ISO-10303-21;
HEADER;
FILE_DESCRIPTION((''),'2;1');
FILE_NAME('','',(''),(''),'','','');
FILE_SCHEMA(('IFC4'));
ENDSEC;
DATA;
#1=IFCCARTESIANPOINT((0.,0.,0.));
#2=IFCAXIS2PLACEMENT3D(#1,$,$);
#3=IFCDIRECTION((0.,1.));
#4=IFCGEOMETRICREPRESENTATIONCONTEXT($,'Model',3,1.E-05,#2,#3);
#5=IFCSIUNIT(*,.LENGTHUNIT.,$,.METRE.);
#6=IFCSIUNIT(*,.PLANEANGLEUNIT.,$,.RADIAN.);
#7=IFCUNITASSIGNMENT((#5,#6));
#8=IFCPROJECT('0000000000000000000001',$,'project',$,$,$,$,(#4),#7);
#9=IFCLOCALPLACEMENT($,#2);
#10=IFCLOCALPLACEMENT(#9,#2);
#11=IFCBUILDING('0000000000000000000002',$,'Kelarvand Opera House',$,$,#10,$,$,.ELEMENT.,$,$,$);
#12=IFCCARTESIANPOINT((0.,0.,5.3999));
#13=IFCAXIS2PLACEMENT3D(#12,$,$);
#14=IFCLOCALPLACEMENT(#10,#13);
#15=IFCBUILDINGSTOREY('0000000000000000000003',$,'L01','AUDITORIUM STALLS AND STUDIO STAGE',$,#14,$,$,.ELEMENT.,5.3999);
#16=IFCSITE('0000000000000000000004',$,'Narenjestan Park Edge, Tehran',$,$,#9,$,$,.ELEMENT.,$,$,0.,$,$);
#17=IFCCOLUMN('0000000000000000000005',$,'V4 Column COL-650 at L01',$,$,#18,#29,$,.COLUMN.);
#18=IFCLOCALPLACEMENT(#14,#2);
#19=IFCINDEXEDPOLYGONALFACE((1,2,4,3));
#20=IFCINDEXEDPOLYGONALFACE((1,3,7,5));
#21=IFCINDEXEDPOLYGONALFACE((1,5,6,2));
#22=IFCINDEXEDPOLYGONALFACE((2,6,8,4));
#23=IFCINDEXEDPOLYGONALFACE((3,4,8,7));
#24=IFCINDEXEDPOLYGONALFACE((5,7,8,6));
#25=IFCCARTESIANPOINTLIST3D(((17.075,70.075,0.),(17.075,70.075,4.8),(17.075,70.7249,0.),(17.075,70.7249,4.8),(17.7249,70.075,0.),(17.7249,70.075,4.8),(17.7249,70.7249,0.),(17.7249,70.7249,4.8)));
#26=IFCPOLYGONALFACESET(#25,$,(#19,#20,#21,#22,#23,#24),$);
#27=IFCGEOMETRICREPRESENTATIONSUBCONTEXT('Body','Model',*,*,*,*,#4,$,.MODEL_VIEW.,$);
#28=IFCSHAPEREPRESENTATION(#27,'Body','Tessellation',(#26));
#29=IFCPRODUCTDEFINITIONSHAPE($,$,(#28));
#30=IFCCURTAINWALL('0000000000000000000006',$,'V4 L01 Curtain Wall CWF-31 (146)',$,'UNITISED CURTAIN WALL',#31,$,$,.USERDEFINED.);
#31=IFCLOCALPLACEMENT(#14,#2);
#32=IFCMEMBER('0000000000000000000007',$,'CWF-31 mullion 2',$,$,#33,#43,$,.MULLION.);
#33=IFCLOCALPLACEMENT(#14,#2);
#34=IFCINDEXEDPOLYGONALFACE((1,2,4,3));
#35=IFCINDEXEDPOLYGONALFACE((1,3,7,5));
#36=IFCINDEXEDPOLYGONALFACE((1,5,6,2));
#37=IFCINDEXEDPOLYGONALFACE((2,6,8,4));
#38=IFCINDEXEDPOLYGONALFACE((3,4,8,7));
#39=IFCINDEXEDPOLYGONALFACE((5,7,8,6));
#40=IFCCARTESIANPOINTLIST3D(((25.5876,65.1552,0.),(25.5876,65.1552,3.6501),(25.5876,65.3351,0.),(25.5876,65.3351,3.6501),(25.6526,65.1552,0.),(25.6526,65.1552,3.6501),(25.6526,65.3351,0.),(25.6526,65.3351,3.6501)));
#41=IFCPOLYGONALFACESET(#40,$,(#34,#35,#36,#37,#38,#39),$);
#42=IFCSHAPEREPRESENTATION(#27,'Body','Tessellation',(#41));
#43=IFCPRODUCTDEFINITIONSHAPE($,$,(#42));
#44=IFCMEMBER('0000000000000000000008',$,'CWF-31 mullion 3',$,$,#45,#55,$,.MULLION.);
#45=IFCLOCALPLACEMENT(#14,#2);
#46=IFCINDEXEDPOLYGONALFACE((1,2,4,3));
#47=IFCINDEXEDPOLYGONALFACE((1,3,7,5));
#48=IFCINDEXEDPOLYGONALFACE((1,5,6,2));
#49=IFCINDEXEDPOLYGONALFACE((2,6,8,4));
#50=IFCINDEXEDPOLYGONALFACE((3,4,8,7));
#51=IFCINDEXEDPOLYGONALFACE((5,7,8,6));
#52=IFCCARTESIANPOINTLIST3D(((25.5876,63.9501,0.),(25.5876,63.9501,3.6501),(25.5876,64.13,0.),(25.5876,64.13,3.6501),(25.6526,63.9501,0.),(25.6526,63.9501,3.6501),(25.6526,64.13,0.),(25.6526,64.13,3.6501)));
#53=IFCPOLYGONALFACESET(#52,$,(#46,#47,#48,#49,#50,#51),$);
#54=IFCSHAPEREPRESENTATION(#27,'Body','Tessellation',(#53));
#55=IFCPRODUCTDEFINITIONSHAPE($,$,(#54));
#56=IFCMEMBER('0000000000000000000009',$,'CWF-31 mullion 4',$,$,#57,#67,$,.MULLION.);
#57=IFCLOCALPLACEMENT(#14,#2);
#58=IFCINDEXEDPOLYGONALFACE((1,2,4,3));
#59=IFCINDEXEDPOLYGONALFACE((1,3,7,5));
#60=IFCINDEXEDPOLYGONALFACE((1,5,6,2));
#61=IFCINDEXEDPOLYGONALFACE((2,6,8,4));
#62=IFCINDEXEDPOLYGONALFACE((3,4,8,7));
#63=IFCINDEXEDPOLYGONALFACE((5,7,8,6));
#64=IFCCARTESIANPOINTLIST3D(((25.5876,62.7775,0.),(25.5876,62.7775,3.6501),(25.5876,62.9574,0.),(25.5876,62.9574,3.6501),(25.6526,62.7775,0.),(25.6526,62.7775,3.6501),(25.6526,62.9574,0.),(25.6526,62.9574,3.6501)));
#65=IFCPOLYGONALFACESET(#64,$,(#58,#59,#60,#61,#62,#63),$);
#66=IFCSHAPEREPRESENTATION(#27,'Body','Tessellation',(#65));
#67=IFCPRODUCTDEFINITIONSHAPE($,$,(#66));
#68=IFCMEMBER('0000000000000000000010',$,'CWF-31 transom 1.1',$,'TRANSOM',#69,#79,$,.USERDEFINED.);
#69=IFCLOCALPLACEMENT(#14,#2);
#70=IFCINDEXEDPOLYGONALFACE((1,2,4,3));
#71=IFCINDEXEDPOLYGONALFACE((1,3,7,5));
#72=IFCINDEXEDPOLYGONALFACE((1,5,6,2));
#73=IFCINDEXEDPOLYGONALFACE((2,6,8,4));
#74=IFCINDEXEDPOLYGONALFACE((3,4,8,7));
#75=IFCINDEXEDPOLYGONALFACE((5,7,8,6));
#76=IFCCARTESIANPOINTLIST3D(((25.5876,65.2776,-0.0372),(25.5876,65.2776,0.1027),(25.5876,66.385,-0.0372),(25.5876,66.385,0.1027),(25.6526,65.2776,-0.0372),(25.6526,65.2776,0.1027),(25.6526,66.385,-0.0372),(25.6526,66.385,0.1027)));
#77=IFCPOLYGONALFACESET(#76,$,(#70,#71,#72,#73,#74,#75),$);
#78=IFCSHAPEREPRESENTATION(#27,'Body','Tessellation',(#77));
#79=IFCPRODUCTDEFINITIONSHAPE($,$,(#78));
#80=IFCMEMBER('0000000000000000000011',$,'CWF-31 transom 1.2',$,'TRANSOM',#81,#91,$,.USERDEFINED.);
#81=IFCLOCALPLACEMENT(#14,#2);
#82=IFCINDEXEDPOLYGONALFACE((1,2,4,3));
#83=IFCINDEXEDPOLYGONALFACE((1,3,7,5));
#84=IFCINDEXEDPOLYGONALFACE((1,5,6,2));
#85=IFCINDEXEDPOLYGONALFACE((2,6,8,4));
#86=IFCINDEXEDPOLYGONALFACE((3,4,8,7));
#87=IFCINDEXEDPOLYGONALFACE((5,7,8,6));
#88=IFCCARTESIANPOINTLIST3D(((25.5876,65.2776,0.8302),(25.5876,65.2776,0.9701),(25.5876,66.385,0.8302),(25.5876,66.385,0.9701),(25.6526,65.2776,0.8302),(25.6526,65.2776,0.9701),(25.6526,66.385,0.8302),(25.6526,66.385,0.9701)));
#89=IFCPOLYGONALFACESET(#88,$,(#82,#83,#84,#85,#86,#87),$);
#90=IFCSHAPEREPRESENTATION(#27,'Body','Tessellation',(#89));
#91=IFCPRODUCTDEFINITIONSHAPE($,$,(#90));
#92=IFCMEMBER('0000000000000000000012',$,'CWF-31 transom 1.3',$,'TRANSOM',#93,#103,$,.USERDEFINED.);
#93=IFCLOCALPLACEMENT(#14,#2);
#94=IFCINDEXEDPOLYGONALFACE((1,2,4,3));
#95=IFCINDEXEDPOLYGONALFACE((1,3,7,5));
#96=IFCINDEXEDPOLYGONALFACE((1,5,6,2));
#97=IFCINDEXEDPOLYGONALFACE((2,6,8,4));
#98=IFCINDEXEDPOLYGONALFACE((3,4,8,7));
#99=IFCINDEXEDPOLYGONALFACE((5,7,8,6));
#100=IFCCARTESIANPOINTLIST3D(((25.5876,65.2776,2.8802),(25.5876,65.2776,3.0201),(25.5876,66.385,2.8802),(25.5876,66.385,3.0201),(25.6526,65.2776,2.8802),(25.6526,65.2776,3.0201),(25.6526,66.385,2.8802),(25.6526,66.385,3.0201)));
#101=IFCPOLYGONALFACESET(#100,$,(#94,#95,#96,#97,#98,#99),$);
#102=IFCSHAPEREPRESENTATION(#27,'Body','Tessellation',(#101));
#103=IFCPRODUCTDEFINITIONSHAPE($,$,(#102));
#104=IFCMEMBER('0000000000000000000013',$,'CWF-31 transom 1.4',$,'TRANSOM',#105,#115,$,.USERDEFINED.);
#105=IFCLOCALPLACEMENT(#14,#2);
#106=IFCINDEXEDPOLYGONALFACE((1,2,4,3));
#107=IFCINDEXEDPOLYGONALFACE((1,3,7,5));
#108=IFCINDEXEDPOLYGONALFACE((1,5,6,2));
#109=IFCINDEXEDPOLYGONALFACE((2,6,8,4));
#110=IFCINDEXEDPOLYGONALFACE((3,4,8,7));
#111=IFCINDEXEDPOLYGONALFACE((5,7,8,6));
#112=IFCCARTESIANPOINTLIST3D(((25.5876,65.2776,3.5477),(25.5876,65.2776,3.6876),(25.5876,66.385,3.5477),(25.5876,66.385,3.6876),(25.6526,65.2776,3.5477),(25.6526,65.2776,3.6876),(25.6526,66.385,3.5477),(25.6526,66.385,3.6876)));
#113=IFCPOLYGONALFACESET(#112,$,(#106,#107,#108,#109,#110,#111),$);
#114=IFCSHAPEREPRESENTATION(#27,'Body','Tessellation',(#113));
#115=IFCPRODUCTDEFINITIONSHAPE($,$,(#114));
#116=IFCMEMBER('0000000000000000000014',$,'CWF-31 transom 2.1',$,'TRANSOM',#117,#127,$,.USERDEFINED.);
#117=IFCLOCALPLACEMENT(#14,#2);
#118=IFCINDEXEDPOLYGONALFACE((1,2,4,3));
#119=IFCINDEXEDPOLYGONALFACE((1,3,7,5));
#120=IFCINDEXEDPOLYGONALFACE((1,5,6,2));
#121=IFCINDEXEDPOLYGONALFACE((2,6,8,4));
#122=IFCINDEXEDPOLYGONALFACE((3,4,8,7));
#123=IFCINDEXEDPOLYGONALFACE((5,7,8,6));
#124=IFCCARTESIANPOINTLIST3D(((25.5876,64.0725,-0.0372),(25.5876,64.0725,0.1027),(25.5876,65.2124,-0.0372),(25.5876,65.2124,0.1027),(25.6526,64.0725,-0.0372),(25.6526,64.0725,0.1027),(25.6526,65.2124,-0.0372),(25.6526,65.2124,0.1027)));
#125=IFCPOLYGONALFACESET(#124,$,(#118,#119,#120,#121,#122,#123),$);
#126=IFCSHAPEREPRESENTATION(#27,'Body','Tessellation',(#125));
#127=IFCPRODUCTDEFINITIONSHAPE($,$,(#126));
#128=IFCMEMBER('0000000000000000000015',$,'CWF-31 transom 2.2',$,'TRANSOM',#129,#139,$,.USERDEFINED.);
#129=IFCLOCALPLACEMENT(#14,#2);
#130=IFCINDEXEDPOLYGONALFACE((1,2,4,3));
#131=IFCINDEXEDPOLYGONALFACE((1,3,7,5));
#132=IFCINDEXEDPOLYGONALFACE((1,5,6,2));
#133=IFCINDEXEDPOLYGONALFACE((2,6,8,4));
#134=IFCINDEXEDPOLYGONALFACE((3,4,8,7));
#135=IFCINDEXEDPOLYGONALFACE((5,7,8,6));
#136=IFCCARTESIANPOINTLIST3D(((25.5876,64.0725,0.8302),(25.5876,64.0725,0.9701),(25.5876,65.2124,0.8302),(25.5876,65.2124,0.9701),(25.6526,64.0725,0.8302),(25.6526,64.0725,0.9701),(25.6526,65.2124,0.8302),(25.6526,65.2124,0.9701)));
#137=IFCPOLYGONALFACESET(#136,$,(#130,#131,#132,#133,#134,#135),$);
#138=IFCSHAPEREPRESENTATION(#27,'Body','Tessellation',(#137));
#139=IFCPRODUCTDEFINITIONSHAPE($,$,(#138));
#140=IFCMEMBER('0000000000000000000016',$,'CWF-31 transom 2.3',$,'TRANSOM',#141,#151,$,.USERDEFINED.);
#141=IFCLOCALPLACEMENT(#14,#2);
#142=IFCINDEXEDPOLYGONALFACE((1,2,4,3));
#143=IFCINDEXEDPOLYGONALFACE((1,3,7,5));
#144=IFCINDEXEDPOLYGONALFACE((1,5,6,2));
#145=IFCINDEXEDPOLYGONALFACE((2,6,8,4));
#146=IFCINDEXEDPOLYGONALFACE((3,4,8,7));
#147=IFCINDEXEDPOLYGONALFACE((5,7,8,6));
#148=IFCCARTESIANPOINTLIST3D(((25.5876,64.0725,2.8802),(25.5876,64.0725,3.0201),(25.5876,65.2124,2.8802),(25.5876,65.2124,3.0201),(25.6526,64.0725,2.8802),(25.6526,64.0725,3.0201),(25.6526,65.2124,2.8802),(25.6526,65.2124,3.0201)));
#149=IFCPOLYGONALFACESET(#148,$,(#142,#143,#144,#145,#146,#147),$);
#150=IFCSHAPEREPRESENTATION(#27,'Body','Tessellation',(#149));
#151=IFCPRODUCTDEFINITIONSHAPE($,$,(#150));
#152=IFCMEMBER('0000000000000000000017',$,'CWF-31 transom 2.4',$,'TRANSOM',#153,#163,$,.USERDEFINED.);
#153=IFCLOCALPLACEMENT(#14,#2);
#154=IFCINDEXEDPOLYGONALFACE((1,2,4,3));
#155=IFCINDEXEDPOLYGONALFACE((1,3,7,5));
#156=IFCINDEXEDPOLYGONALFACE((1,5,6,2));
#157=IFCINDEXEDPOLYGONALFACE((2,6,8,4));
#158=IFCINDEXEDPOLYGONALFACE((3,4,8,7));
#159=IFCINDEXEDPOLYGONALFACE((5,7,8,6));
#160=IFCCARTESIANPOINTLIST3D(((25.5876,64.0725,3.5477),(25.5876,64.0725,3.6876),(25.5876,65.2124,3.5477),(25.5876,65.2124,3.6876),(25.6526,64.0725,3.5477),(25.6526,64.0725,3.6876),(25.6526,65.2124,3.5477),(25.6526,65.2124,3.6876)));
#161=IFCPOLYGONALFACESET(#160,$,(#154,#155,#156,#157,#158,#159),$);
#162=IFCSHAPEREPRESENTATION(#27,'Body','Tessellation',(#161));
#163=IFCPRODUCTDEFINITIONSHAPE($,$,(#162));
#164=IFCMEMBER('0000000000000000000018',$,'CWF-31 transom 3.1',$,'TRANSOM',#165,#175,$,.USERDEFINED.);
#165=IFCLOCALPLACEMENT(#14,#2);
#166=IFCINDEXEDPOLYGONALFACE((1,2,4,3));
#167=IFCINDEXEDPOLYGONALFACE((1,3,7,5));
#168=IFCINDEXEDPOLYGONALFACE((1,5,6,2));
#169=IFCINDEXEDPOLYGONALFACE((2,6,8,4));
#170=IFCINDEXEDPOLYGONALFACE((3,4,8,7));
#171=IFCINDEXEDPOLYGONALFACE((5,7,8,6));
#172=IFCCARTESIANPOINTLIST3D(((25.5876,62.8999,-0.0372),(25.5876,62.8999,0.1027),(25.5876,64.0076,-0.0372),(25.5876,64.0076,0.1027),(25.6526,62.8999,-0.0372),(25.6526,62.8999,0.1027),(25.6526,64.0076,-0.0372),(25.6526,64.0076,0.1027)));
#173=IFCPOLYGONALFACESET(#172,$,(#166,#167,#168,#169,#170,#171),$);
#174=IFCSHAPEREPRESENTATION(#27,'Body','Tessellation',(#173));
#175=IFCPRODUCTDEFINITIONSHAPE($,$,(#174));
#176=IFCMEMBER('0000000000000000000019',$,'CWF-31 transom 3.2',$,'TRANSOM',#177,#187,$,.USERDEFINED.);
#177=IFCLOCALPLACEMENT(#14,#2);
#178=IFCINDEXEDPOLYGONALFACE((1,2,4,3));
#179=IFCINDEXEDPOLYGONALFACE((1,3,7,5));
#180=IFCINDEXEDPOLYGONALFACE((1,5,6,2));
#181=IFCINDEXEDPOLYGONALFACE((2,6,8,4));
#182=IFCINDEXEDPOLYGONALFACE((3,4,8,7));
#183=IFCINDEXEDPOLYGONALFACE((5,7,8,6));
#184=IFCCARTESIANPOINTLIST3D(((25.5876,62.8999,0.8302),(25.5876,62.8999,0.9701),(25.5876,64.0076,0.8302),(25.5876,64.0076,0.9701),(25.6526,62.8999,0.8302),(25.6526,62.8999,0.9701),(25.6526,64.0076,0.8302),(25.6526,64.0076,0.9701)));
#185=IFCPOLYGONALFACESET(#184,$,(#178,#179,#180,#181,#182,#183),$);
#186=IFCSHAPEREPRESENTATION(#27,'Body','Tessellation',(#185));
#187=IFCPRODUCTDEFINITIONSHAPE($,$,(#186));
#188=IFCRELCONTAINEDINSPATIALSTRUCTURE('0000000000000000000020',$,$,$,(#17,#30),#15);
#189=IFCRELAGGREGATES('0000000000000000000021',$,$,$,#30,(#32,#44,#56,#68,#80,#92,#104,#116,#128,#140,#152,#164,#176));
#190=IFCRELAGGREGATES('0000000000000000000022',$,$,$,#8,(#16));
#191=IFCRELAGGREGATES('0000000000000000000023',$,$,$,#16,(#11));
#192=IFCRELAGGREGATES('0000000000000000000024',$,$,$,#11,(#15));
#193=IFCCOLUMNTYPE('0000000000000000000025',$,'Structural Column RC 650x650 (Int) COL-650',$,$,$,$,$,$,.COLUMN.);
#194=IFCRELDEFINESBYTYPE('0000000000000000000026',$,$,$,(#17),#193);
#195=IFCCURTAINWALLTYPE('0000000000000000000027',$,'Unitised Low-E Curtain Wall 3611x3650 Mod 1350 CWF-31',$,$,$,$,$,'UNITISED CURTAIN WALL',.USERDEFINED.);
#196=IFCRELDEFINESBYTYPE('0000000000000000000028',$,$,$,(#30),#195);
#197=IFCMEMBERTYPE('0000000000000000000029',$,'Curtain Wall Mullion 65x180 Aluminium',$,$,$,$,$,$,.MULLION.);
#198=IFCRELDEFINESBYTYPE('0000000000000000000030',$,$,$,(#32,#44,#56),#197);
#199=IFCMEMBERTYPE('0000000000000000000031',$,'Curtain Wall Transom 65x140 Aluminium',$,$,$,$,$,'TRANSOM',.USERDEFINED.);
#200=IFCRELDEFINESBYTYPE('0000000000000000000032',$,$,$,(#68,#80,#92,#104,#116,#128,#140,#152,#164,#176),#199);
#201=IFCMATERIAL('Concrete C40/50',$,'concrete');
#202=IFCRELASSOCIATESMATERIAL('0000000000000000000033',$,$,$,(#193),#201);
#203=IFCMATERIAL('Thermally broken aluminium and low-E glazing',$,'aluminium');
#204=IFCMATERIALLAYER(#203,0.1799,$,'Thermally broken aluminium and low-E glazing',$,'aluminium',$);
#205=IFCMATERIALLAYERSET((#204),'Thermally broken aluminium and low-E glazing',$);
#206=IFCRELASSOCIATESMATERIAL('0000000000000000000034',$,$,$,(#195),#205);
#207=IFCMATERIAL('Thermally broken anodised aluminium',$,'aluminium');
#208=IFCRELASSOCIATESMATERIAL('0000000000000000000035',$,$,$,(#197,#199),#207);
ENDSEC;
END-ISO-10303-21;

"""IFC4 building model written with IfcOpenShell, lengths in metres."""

from ifc_helpers import new_model, si_unit, direction, frame, origin, origin_2d, place, context, subcontext, project, spatial, rectangle, extrude, material, layer, layer_set, material_profile, profile_set, type_object, element, aggregate, save


model = new_model("IFC4")

# Units and contexts
model_context = context("Model", 3, precision=1e-05, world=origin(), true_north=direction((0.0, 1.0)))
body_context = subcontext(model_context, "Body", "Model", "MODEL_VIEW")
ifc_project = project(units=[si_unit("LENGTHUNIT", "METRE"), si_unit("PLANEANGLEUNIT", "RADIAN")], contexts=[model_context])

# Site, building, storey
site_placement = place(None, origin())
site = spatial("IfcSite", under=ifc_project, at=site_placement, Name="Narenjestan Park Edge, Tehran", CompositionType="ELEMENT", RefElevation=0.0)
building_placement = place(site_placement, origin())
building = spatial("IfcBuilding", under=site, at=building_placement, Name="Kelarvand Opera House", CompositionType="ELEMENT")
storey_placement = place(building_placement, frame((0.0, 0.0, 5.3999)))
storey = spatial("IfcBuildingStorey", under=building, at=storey_placement, Name="L01", Description="AUDITORIUM STALLS AND STUDIO STAGE", CompositionType="ELEMENT", Elevation=5.3999)

# Column
ifc_material_1 = material(Name="Concrete C40/50", Category="concrete")
ifc_material_profile_1 = material_profile(ifc_material_1, rectangle(XDim=0.6499, YDim=0.6499, at=origin_2d()), Name="RC 650x650", Category="concrete")
ifc_profile_set_1 = profile_set([ifc_material_profile_1], Name="Concrete C40/50")
column_type = type_object("IfcColumnType", Name="Structural Column RC 650x650 (Int) COL-650", PredefinedType="COLUMN", material=ifc_profile_set_1)
column_placement = place(storey_placement, frame((17.3999, 70.3999, 0.0), z_axis=(0.0, 0.0, 1.0), x_axis=(1.0, 0.0, 0.0)))
element("IfcColumn", 1, at=column_placement, inside=storey, type_object=column_type, Name="V4 Column COL-650 at L01", PredefinedType="COLUMN", context=body_context, shape_type="SweptSolid", body=[
    extrude(rectangle(XDim=0.6499, YDim=0.6499, at=origin_2d()), origin(), (0.0, 0.0, 1.0), 4.8),
])

# Curtain wall, members
ifc_material_2 = material(Name="Thermally broken aluminium and low-E glazing", Category="aluminium")
ifc_layer_1 = layer(ifc_material_2, 0.1799, Name="Thermally broken aluminium and low-E glazing", Category="aluminium")
ifc_layer_set_1 = layer_set([ifc_layer_1], Name="Thermally broken aluminium and low-E glazing")
curtain_wall_type = type_object("IfcCurtainWallType", Name="Unitised Low-E Curtain Wall 3611x3650 Mod 1350 CWF-31", ElementType="UNITISED CURTAIN WALL", PredefinedType="USERDEFINED", material=ifc_layer_set_1)
curtain_wall_placement = place(storey_placement, origin())
curtain_wall = element("IfcCurtainWall", 2, at=curtain_wall_placement, inside=storey, type_object=curtain_wall_type, Name="V4 L01 Curtain Wall CWF-31 (146)", ObjectType="UNITISED CURTAIN WALL", PredefinedType="USERDEFINED")
ifc_material_3 = material(Name="Thermally broken anodised aluminium", Category="aluminium")
ifc_material_profile_2 = material_profile(ifc_material_3, rectangle(XDim=0.0649, YDim=0.1799, at=origin_2d()), Name="ALU MULLION 65x180", Category="aluminium")
ifc_profile_set_2 = profile_set([ifc_material_profile_2], Name="Thermally broken anodised aluminium")
member_type_1 = type_object("IfcMemberType", Name="Curtain Wall Mullion 65x180 Aluminium", PredefinedType="MULLION", material=ifc_profile_set_2)
member_1_placement = place(storey_placement, frame((25.6201, 65.2451, 0.0), z_axis=(0.0, 0.0, 1.0), x_axis=(1.0, 0.0, 0.0)))
member_1 = element("IfcMember", 3, at=member_1_placement, type_object=member_type_1, Name="CWF-31 mullion 2", PredefinedType="MULLION", context=body_context, shape_type="SweptSolid", body=[
    extrude(rectangle(XDim=0.0649, YDim=0.1799, at=origin_2d()), origin(), (0.0, 0.0, 1.0), 3.6501),
])
member_2_placement = place(storey_placement, frame((25.6201, 64.04, 0.0), z_axis=(0.0, 0.0, 1.0), x_axis=(1.0, 0.0, 0.0)))
member_2 = element("IfcMember", 4, at=member_2_placement, type_object=member_type_1, Name="CWF-31 mullion 3", PredefinedType="MULLION", context=body_context, shape_type="SweptSolid", body=[
    extrude(rectangle(XDim=0.0649, YDim=0.1799, at=origin_2d()), origin(), (0.0, 0.0, 1.0), 3.6501),
])
member_3_placement = place(storey_placement, frame((25.6201, 62.8674, 0.0), z_axis=(0.0, 0.0, 1.0), x_axis=(1.0, 0.0, 0.0)))
member_3 = element("IfcMember", 5, at=member_3_placement, type_object=member_type_1, Name="CWF-31 mullion 4", PredefinedType="MULLION", context=body_context, shape_type="SweptSolid", body=[
    extrude(rectangle(XDim=0.0649, YDim=0.1799, at=origin_2d()), origin(), (0.0, 0.0, 1.0), 3.6501),
])
ifc_material_profile_3 = material_profile(ifc_material_3, rectangle(XDim=0.0649, YDim=0.1399, at=origin_2d()), Name="ALU TRANSOM 65x140", Category="aluminium")
ifc_profile_set_3 = profile_set([ifc_material_profile_3], Name="Thermally broken anodised aluminium")
member_type_2 = type_object("IfcMemberType", Name="Curtain Wall Transom 65x140 Aluminium", ElementType="TRANSOM", PredefinedType="USERDEFINED", material=ifc_profile_set_3)
member_4_placement = place(storey_placement, frame((25.6201, 66.385, 0.0327), z_axis=(0.0, -1.0, 0.0), x_axis=(1.0, 0.0, 0.0)))
member_4 = element("IfcMember", 6, at=member_4_placement, type_object=member_type_2, Name="CWF-31 transom 1.1", ObjectType="TRANSOM", PredefinedType="USERDEFINED", context=body_context, shape_type="SweptSolid", body=[
    extrude(rectangle(XDim=0.0649, YDim=0.1399, at=origin_2d()), origin(), (0.0, 0.0, 1.0), 1.1074),
])
member_5_placement = place(storey_placement, frame((25.6201, 66.385, 0.9001), z_axis=(0.0, -1.0, 0.0), x_axis=(1.0, 0.0, 0.0)))
member_5 = element("IfcMember", 7, at=member_5_placement, type_object=member_type_2, Name="CWF-31 transom 1.2", ObjectType="TRANSOM", PredefinedType="USERDEFINED", context=body_context, shape_type="SweptSolid", body=[
    extrude(rectangle(XDim=0.0649, YDim=0.1399, at=origin_2d()), origin(), (0.0, 0.0, 1.0), 1.1074),
])
member_6_placement = place(storey_placement, frame((25.6201, 66.385, 2.9502), z_axis=(0.0, -1.0, 0.0), x_axis=(1.0, 0.0, 0.0)))
member_6 = element("IfcMember", 8, at=member_6_placement, type_object=member_type_2, Name="CWF-31 transom 1.3", ObjectType="TRANSOM", PredefinedType="USERDEFINED", context=body_context, shape_type="SweptSolid", body=[
    extrude(rectangle(XDim=0.0649, YDim=0.1399, at=origin_2d()), origin(), (0.0, 0.0, 1.0), 1.1074),
])
member_7_placement = place(storey_placement, frame((25.6201, 66.385, 3.6177), z_axis=(0.0, -1.0, 0.0), x_axis=(1.0, 0.0, 0.0)))
member_7 = element("IfcMember", 9, at=member_7_placement, type_object=member_type_2, Name="CWF-31 transom 1.4", ObjectType="TRANSOM", PredefinedType="USERDEFINED", context=body_context, shape_type="SweptSolid", body=[
    extrude(rectangle(XDim=0.0649, YDim=0.1399, at=origin_2d()), origin(), (0.0, 0.0, 1.0), 1.1074),
])
member_8_placement = place(storey_placement, frame((25.6201, 65.2124, 0.0327), z_axis=(0.0, -1.0, 0.0), x_axis=(1.0, 0.0, 0.0)))
member_8 = element("IfcMember", 10, at=member_8_placement, type_object=member_type_2, Name="CWF-31 transom 2.1", ObjectType="TRANSOM", PredefinedType="USERDEFINED", context=body_context, shape_type="SweptSolid", body=[
    extrude(rectangle(XDim=0.0649, YDim=0.1399, at=origin_2d()), origin(), (0.0, 0.0, 1.0), 1.1399),
])
member_9_placement = place(storey_placement, frame((25.6201, 65.2124, 0.9001), z_axis=(0.0, -1.0, 0.0), x_axis=(1.0, 0.0, 0.0)))
member_9 = element("IfcMember", 11, at=member_9_placement, type_object=member_type_2, Name="CWF-31 transom 2.2", ObjectType="TRANSOM", PredefinedType="USERDEFINED", context=body_context, shape_type="SweptSolid", body=[
    extrude(rectangle(XDim=0.0649, YDim=0.1399, at=origin_2d()), origin(), (0.0, 0.0, 1.0), 1.1399),
])
member_10_placement = place(storey_placement, frame((25.6201, 65.2124, 2.9502), z_axis=(0.0, -1.0, 0.0), x_axis=(1.0, 0.0, 0.0)))
member_10 = element("IfcMember", 12, at=member_10_placement, type_object=member_type_2, Name="CWF-31 transom 2.3", ObjectType="TRANSOM", PredefinedType="USERDEFINED", context=body_context, shape_type="SweptSolid", body=[
    extrude(rectangle(XDim=0.0649, YDim=0.1399, at=origin_2d()), origin(), (0.0, 0.0, 1.0), 1.1399),
])
member_11_placement = place(storey_placement, frame((25.6201, 65.2124, 3.6177), z_axis=(0.0, -1.0, 0.0), x_axis=(1.0, 0.0, 0.0)))
member_11 = element("IfcMember", 13, at=member_11_placement, type_object=member_type_2, Name="CWF-31 transom 2.4", ObjectType="TRANSOM", PredefinedType="USERDEFINED", context=body_context, shape_type="SweptSolid", body=[
    extrude(rectangle(XDim=0.0649, YDim=0.1399, at=origin_2d()), origin(), (0.0, 0.0, 1.0), 1.1399),
])
member_12_placement = place(storey_placement, frame((25.6201, 64.0076, 0.0327), z_axis=(0.0, -1.0, 0.0), x_axis=(1.0, 0.0, 0.0)))
member_12 = element("IfcMember", 14, at=member_12_placement, type_object=member_type_2, Name="CWF-31 transom 3.1", ObjectType="TRANSOM", PredefinedType="USERDEFINED", context=body_context, shape_type="SweptSolid", body=[
    extrude(rectangle(XDim=0.0649, YDim=0.1399, at=origin_2d()), origin(), (0.0, 0.0, 1.0), 1.1077),
])
member_13_placement = place(storey_placement, frame((25.6201, 64.0076, 0.9001), z_axis=(0.0, -1.0, 0.0), x_axis=(1.0, 0.0, 0.0)))
member_13 = element("IfcMember", 15, at=member_13_placement, type_object=member_type_2, Name="CWF-31 transom 3.2", ObjectType="TRANSOM", PredefinedType="USERDEFINED", context=body_context, shape_type="SweptSolid", body=[
    extrude(rectangle(XDim=0.0649, YDim=0.1399, at=origin_2d()), origin(), (0.0, 0.0, 1.0), 1.1077),
])

aggregate(curtain_wall, [member_1, member_2, member_3, member_4, member_5, member_6, member_7, member_8, member_9, member_10, member_11, member_12, member_13])

save(model, "model.ifc")
